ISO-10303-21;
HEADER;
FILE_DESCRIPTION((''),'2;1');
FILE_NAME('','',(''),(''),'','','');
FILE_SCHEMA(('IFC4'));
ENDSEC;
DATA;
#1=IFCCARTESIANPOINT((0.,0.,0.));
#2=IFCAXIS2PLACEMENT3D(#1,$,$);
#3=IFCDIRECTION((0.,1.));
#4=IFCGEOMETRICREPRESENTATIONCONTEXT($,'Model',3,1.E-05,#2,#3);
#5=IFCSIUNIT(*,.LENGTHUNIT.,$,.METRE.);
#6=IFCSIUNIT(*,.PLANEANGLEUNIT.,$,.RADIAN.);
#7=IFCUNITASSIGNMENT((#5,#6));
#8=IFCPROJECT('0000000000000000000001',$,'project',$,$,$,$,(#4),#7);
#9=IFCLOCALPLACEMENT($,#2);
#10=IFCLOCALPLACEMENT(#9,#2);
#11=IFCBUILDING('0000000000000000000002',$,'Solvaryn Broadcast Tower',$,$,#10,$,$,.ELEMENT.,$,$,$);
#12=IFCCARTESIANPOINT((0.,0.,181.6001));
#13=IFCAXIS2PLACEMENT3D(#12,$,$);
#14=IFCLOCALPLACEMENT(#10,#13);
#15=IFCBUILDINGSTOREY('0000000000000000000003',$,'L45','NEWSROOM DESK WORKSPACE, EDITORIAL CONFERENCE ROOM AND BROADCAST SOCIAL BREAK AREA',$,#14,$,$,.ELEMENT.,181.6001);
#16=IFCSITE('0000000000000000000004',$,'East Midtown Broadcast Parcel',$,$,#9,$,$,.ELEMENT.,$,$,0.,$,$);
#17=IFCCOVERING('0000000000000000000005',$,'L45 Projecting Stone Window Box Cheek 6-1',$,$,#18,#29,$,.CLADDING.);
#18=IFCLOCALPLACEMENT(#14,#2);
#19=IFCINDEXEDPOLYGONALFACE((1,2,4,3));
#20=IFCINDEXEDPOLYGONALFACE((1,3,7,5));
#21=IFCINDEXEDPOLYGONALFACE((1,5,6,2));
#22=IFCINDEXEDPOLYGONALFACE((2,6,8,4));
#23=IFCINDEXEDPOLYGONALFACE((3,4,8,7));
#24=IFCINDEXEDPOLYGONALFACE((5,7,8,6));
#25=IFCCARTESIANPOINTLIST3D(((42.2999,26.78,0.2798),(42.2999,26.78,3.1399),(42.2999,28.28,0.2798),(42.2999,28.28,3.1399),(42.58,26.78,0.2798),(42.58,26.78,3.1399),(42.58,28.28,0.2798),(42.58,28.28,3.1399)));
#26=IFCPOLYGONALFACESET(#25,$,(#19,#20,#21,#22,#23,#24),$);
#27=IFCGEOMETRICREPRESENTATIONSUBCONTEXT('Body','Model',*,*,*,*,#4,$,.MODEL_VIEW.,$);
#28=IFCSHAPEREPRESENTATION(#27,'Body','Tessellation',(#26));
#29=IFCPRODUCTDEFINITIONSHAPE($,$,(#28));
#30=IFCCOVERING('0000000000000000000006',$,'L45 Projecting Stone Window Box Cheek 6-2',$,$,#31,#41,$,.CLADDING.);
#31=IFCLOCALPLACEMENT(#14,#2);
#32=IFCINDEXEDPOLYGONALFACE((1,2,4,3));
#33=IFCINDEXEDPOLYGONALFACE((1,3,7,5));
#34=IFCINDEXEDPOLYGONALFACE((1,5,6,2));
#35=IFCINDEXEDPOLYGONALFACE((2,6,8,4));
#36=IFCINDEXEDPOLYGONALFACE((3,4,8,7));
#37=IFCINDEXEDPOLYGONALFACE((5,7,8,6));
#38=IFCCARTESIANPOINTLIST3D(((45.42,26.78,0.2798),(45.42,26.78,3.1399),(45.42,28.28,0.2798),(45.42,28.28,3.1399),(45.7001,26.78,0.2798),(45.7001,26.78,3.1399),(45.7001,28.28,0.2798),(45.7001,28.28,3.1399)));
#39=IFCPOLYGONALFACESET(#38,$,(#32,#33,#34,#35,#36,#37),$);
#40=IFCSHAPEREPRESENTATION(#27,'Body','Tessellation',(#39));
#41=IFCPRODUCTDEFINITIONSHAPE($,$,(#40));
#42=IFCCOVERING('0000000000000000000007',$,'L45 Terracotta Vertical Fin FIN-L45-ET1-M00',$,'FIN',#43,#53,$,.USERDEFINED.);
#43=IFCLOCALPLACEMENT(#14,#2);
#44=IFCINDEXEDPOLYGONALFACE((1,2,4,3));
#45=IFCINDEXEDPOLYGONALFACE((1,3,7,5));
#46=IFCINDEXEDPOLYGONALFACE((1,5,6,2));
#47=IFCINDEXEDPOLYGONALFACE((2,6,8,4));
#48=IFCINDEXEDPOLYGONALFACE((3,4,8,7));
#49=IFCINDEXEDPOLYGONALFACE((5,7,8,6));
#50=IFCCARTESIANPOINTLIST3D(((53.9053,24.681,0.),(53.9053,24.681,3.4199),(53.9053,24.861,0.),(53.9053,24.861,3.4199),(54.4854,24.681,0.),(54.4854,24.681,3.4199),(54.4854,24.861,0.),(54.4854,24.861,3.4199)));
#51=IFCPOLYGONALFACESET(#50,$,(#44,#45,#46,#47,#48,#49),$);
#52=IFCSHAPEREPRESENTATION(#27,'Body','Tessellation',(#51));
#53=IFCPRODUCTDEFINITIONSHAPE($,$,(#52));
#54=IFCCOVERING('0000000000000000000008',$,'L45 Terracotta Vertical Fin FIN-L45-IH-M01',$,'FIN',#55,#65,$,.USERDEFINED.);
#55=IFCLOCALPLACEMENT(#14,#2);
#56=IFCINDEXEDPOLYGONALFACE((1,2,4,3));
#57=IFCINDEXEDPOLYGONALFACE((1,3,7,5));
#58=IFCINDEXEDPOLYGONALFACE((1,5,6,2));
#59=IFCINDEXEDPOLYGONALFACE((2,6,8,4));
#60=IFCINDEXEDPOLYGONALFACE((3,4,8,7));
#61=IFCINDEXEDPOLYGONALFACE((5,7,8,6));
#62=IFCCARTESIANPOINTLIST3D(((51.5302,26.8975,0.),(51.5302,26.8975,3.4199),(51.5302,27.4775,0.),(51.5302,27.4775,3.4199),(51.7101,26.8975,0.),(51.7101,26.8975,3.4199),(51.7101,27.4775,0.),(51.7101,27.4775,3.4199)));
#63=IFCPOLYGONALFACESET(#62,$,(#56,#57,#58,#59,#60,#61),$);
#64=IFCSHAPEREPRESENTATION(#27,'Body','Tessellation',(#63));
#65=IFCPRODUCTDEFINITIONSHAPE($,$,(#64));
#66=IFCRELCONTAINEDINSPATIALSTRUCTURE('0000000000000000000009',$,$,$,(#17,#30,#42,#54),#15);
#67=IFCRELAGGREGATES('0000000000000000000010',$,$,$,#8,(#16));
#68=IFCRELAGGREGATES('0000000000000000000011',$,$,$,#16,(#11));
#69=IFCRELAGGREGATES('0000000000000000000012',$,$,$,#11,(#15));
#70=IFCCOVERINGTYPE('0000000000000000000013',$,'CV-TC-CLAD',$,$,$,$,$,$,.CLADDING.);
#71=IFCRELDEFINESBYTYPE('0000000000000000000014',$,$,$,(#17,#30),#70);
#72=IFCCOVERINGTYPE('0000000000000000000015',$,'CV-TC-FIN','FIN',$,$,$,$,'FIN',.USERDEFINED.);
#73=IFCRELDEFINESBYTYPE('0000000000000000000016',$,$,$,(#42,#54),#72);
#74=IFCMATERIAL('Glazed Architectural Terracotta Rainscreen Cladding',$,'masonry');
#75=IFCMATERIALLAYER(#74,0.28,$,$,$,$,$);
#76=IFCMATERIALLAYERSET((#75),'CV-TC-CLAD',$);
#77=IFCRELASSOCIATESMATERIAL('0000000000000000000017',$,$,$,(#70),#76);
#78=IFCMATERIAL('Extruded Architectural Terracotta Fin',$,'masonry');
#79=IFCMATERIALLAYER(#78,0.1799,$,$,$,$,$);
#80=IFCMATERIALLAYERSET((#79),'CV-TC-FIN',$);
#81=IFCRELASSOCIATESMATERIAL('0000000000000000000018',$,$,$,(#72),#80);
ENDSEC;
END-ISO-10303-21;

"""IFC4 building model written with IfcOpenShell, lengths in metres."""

from ifc_helpers import new_model, si_unit, direction, frame, origin, origin_2d, place, context, subcontext, project, spatial, rectangle, extrude, material, layer, layer_set, type_object, element, save


model = new_model("IFC4")

# Units and contexts
model_context = context("Model", 3, precision=1e-05, world=origin(), true_north=direction((0.0, 1.0)))
body_context = subcontext(model_context, "Body", "Model", "MODEL_VIEW")
ifc_project = project(units=[si_unit("LENGTHUNIT", "METRE"), si_unit("PLANEANGLEUNIT", "RADIAN")], contexts=[model_context])

# Site, building, storey
site_placement = place(None, origin())
site = spatial("IfcSite", under=ifc_project, at=site_placement, Name="East Midtown Broadcast Parcel", CompositionType="ELEMENT", RefElevation=0.0)
building_placement = place(site_placement, origin())
building = spatial("IfcBuilding", under=site, at=building_placement, Name="Solvaryn Broadcast Tower", CompositionType="ELEMENT")
storey_placement = place(building_placement, frame((0.0, 0.0, 181.6001)))
storey = spatial("IfcBuildingStorey", under=building, at=storey_placement, Name="L45", Description="NEWSROOM DESK WORKSPACE, EDITORIAL CONFERENCE ROOM AND BROADCAST SOCIAL BREAK AREA", CompositionType="ELEMENT", Elevation=181.6001)

# Coverings
ifc_material_1 = material(Name="Glazed Architectural Terracotta Rainscreen Cladding", Category="masonry")
ifc_layer_1 = layer(ifc_material_1, 0.28)
ifc_layer_set_1 = layer_set([ifc_layer_1], Name="CV-TC-CLAD")
covering_type_1 = type_object("IfcCoveringType", Name="CV-TC-CLAD", PredefinedType="CLADDING", material=ifc_layer_set_1)
for number, where, z_axis, x_axis, name in (
    (1, (42.4399, 27.53, 0.2798), (0.0, 0.0, 1.0), (1.0, 0.0, 0.0), "L45 Projecting Stone Window Box Cheek 6-1"),
    (2, (45.5601, 27.53, 0.2798), (0.0, 0.0, 1.0), (1.0, 0.0, 0.0), "L45 Projecting Stone Window Box Cheek 6-2"),
):
    element("IfcCovering", number, at=place(storey_placement, frame(where, z_axis=z_axis, x_axis=x_axis)), inside=storey, type_object=covering_type_1, Name=name, PredefinedType="CLADDING", context=body_context, shape_type="SweptSolid", body=[
        extrude(rectangle(XDim=0.28, YDim=1.5, at=origin_2d()), origin(), (0.0, 0.0, 1.0), 2.8601),
    ])
ifc_material_2 = material(Name="Extruded Architectural Terracotta Fin", Category="masonry")
ifc_layer_2 = layer(ifc_material_2, 0.1799)
ifc_layer_set_2 = layer_set([ifc_layer_2], Name="CV-TC-FIN")
covering_type_2 = type_object("IfcCoveringType", Name="CV-TC-FIN", Description="FIN", ElementType="FIN", PredefinedType="USERDEFINED", material=ifc_layer_set_2)
covering_1_placement = place(storey_placement, frame((54.1953, 24.771, 0.0), z_axis=(0.0, 0.0, 1.0), x_axis=(1.0, 0.0, 0.0)))
element("IfcCovering", 3, at=covering_1_placement, inside=storey, type_object=covering_type_2, Name="L45 Terracotta Vertical Fin FIN-L45-ET1-M00", ObjectType="FIN", PredefinedType="USERDEFINED", context=body_context, shape_type="SweptSolid", body=[
    extrude(rectangle(XDim=0.5801, YDim=0.1799, at=origin_2d()), origin(), (0.0, 0.0, 1.0), 3.4199),
])
covering_2_placement = place(storey_placement, frame((51.6201, 27.1875, 0.0), z_axis=(0.0, 0.0, 1.0), x_axis=(1.0, 0.0, 0.0)))
element("IfcCovering", 4, at=covering_2_placement, inside=storey, type_object=covering_type_2, Name="L45 Terracotta Vertical Fin FIN-L45-IH-M01", ObjectType="FIN", PredefinedType="USERDEFINED", context=body_context, shape_type="SweptSolid", body=[
    extrude(rectangle(XDim=0.1799, YDim=0.5801, at=origin_2d()), origin(), (0.0, 0.0, 1.0), 3.4199),
])

save(model, "model.ifc")
